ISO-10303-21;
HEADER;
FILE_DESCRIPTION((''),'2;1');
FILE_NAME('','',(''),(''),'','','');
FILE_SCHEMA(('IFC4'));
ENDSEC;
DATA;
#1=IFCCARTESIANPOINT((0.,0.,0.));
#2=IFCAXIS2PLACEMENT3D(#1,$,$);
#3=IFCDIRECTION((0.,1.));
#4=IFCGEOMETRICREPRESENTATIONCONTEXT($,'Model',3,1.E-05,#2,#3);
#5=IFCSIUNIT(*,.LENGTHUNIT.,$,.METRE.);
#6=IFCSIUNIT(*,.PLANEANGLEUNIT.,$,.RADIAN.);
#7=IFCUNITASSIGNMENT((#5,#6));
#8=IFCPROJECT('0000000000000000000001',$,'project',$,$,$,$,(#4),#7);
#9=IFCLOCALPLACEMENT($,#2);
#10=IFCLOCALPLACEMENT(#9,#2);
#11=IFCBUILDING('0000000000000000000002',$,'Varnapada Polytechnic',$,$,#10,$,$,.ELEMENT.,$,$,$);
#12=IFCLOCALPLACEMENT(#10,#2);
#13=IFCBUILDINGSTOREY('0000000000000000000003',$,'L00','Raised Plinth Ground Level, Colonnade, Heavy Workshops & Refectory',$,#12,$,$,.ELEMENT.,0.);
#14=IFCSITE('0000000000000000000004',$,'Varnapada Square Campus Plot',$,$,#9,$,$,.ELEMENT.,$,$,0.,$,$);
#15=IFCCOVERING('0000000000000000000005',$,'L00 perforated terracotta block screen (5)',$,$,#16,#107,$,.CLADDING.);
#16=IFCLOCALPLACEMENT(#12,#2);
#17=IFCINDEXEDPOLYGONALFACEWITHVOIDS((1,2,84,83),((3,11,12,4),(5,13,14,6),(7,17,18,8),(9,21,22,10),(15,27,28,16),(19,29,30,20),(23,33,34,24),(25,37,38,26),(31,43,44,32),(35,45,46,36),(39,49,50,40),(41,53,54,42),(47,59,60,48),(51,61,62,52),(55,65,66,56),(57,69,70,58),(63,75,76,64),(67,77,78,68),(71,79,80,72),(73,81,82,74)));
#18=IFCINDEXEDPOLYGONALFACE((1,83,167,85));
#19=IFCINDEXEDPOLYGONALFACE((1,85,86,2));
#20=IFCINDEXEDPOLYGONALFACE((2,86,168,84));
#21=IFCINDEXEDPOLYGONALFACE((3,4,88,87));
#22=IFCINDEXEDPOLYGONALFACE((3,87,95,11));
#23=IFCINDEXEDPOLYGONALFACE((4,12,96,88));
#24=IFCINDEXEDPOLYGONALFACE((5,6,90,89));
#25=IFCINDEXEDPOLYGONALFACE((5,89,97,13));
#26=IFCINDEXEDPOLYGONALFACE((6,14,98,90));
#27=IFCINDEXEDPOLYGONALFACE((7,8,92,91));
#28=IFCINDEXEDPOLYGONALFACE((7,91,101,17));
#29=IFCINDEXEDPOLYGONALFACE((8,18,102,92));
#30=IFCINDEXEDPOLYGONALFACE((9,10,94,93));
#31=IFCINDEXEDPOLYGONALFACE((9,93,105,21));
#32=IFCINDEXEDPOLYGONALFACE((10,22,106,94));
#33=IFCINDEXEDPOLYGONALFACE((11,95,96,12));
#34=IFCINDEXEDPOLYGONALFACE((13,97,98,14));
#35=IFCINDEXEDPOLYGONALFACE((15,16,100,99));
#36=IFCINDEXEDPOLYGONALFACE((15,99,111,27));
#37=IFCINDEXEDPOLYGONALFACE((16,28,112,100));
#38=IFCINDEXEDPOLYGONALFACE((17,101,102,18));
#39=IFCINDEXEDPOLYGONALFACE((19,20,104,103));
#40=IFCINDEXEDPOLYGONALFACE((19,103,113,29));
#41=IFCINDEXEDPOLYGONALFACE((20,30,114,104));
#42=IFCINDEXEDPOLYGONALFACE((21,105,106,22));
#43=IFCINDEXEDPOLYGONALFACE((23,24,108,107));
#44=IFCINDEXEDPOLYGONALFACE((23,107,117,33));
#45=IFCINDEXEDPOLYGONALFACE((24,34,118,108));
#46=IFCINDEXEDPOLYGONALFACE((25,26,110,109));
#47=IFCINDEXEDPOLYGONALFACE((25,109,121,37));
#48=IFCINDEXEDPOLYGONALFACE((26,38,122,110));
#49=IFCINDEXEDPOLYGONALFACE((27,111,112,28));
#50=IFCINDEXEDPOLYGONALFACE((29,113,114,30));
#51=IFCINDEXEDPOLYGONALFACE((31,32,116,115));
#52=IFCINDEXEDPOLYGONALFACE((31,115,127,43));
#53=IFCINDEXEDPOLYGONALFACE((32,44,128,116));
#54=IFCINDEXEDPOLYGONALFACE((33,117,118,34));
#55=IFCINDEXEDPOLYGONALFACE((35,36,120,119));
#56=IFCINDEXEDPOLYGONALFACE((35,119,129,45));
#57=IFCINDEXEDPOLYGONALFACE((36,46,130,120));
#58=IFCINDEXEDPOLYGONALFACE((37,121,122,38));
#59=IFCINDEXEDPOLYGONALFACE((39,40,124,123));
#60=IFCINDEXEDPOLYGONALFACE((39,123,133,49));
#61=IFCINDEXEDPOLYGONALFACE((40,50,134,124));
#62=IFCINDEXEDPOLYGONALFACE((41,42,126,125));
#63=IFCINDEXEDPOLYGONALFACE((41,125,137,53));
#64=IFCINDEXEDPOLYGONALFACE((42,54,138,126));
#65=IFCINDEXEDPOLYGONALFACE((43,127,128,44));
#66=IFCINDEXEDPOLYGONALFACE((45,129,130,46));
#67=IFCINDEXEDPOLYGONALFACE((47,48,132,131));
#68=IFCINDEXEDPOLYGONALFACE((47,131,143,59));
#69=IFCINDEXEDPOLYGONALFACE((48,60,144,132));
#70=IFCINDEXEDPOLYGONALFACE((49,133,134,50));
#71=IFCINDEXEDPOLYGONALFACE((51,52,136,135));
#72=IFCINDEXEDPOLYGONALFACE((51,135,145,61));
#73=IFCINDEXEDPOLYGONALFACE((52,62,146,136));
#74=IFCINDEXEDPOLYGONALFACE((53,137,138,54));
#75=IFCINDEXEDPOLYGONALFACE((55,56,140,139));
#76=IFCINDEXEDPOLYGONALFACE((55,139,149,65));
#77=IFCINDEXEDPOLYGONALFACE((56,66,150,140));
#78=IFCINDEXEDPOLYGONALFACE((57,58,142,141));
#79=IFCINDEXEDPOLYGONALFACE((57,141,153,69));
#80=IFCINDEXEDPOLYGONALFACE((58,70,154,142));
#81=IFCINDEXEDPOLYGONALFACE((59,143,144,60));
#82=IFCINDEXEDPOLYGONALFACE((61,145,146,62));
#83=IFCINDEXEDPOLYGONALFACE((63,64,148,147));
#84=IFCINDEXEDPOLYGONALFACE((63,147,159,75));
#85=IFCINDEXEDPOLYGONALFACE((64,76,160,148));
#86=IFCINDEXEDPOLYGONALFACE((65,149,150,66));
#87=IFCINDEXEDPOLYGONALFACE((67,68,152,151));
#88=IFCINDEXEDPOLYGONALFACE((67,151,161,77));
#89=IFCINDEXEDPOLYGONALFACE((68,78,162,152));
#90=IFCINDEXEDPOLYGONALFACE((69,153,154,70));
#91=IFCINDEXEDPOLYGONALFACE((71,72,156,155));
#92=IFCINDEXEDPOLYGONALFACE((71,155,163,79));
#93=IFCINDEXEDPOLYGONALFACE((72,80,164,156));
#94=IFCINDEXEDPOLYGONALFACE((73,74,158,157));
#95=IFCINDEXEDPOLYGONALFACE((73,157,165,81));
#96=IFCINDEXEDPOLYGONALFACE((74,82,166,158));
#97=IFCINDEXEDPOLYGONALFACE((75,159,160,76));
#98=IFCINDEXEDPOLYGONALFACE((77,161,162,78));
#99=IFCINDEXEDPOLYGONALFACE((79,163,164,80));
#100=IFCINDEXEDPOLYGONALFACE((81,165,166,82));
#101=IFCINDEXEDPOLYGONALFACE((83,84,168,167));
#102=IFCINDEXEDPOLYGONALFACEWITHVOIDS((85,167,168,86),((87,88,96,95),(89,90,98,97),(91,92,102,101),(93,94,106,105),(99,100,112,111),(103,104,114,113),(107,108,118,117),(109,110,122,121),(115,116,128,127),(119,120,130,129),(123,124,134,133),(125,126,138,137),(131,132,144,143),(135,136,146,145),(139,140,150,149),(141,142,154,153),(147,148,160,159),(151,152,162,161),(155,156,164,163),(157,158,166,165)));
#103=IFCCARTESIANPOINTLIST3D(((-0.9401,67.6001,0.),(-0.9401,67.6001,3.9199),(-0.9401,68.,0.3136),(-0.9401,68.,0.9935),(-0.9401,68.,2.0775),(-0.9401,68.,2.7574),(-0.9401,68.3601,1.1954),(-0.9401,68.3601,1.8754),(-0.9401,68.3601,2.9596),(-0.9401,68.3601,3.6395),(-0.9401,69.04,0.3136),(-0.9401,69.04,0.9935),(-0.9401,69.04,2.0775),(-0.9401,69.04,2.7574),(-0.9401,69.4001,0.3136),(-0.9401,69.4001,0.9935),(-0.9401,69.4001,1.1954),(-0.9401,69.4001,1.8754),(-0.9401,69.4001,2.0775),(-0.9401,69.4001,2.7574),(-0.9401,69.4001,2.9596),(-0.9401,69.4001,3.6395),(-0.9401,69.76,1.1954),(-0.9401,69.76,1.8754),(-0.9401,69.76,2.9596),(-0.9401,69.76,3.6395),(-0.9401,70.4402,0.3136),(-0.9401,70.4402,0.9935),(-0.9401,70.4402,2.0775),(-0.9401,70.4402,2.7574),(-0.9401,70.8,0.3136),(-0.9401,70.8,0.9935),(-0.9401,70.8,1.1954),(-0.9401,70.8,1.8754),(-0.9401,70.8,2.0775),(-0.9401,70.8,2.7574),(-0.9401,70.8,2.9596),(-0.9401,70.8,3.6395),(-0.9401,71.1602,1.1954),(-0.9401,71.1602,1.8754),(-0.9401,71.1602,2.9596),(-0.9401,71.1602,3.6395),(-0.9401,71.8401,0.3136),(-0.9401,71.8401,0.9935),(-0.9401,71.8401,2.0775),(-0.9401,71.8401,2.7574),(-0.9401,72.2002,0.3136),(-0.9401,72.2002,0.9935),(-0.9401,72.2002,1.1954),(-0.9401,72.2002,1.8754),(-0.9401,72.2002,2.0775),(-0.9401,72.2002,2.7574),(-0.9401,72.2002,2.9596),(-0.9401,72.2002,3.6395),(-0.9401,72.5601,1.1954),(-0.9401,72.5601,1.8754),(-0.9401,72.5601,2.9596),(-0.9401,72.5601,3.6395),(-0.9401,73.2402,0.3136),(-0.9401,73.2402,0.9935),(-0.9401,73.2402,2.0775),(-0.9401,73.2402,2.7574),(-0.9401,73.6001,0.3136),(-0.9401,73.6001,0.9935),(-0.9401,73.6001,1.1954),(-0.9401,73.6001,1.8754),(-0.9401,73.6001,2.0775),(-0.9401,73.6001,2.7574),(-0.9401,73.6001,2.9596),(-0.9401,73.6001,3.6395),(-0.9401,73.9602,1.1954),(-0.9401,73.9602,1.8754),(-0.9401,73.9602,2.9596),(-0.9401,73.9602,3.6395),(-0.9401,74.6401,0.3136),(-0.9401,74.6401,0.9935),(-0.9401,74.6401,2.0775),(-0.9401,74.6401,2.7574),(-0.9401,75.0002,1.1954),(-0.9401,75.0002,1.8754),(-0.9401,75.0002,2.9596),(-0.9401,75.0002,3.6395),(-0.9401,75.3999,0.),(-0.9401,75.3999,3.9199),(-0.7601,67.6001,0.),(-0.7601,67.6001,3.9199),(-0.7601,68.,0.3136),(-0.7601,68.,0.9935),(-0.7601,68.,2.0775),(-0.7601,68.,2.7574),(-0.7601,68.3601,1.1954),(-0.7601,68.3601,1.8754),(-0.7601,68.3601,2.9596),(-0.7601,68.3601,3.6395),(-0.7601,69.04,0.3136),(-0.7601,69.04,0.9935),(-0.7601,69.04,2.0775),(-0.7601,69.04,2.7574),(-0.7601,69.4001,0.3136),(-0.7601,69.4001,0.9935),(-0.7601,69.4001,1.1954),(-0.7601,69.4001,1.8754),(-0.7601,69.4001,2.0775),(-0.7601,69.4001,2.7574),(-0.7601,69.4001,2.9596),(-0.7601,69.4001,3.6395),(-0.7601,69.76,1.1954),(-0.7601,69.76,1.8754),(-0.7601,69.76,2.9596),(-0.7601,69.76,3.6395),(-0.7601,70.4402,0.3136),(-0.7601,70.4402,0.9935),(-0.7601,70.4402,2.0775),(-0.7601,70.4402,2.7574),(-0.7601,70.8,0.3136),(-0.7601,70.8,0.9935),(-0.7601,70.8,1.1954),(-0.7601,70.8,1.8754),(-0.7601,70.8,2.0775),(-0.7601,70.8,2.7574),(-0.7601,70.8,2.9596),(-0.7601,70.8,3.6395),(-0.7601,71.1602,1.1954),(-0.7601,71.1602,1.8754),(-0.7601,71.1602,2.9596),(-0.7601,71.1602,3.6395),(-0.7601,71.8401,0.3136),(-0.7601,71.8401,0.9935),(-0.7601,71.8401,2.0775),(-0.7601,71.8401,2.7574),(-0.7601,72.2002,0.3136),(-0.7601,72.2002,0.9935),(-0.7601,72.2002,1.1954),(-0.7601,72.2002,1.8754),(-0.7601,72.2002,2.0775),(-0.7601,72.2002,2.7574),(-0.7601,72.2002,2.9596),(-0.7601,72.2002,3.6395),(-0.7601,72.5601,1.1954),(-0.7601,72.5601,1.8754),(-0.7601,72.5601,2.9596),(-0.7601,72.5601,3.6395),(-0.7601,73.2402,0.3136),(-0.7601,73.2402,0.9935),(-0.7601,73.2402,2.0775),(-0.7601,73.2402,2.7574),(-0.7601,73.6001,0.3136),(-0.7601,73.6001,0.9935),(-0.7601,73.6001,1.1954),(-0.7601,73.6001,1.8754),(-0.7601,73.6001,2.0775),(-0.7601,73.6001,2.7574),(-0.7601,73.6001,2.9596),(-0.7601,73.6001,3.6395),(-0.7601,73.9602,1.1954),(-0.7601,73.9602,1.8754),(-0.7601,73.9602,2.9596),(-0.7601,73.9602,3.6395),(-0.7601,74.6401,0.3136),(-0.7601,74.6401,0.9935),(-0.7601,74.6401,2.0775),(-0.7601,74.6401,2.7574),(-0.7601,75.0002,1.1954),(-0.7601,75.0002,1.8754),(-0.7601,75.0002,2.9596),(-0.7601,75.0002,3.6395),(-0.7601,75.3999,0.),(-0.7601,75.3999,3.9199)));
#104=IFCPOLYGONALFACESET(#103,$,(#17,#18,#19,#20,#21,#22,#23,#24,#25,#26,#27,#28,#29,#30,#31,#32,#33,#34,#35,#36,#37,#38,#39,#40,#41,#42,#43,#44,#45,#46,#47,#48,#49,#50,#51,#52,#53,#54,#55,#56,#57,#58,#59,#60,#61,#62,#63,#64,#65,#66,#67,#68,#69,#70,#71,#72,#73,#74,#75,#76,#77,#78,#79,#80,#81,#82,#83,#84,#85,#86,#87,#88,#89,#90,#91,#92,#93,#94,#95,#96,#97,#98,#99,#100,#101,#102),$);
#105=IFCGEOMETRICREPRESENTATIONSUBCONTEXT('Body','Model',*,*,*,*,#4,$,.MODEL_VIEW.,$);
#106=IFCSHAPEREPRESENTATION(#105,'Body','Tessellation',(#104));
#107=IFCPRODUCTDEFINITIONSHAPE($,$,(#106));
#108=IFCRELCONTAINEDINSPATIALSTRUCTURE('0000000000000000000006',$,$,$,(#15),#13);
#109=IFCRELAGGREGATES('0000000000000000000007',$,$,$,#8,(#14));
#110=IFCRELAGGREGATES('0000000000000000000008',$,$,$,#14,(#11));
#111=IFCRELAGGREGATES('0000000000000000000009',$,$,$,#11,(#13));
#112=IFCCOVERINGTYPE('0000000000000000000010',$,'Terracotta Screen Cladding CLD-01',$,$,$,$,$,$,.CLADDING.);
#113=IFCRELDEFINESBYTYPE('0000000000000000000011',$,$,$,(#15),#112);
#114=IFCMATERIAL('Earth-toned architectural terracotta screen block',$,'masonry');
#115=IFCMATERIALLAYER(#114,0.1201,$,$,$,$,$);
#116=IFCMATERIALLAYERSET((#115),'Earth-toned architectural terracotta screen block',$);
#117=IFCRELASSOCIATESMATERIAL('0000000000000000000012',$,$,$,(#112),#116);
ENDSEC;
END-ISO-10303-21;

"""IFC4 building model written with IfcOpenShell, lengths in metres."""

from ifc_helpers import new_model, si_unit, direction, frame, frame_2d, origin, place, context, subcontext, project, spatial, rectangle, extrude, material, layer, layer_set, type_object, element, save


model = new_model("IFC4")

# Units and contexts
model_context = context("Model", 3, precision=1e-05, world=origin(), true_north=direction((0.0, 1.0)))
body_context = subcontext(model_context, "Body", "Model", "MODEL_VIEW")
ifc_project = project(units=[si_unit("LENGTHUNIT", "METRE"), si_unit("PLANEANGLEUNIT", "RADIAN")], contexts=[model_context])

# Site, building, storey
site_placement = place(None, origin())
site = spatial("IfcSite", under=ifc_project, at=site_placement, Name="Varnapada Square Campus Plot", CompositionType="ELEMENT", RefElevation=0.0)
building_placement = place(site_placement, origin())
building = spatial("IfcBuilding", under=site, at=building_placement, Name="Varnapada Polytechnic", CompositionType="ELEMENT")
storey_placement = place(building_placement, origin())
storey = spatial("IfcBuildingStorey", under=building, at=storey_placement, Name="L00", Description="Raised Plinth Ground Level, Colonnade, Heavy Workshops & Refectory", CompositionType="ELEMENT", Elevation=0.0)

# Covering, openings
ifc_material_1 = material(Name="Earth-toned architectural terracotta screen block", Category="masonry")
ifc_layer_1 = layer(ifc_material_1, 0.1201)
ifc_layer_set_1 = layer_set([ifc_layer_1], Name="Earth-toned architectural terracotta screen block")
covering_type = type_object("IfcCoveringType", Name="Terracotta Screen Cladding CLD-01", PredefinedType="CLADDING", material=ifc_layer_set_1)
covering_placement = place(storey_placement, frame((-0.8501, 67.6001, 0.0), z_axis=(0.0, 0.0, 1.0), x_axis=(0.0, 1.0, 0.0)))
covering = element("IfcCovering", 1, at=covering_placement, inside=storey, type_object=covering_type, Name="L00 perforated terracotta block screen (5)", PredefinedType="CLADDING", context=body_context, shape_type="SweptSolid", body=[
    extrude(rectangle(XDim=7.7998, YDim=0.1799, at=frame_2d((3.8999, 0.0))), origin(), (0.0, 0.0, 1.0), 3.9199),
])
opening_1_placement = place(covering_placement, frame((0.3999, 0.0, 0.3137)))
element("IfcOpeningElement", 2, at=opening_1_placement, cuts=covering, PredefinedType="OPENING", context=body_context, shape_type="SweptSolid", body=[
    extrude(rectangle(XDim=1.04, YDim=0.6799, at=frame_2d((0.52, 0.3398))), frame((0.0, 0.0999, 0.0), z_axis=(0.0, -1.0, 0.0), x_axis=(1.0, 0.0, 0.0)), (0.0, 0.0, 1.0), 0.2),
])
opening_2_placement = place(covering_placement, frame((1.8, 0.0, 0.3137)))
element("IfcOpeningElement", 3, at=opening_2_placement, cuts=covering, PredefinedType="OPENING", context=body_context, shape_type="SweptSolid", body=[
    extrude(rectangle(XDim=1.04, YDim=0.6799, at=frame_2d((0.52, 0.3398))), frame((0.0, 0.0999, 0.0), z_axis=(0.0, -1.0, 0.0), x_axis=(1.0, 0.0, 0.0)), (0.0, 0.0, 1.0), 0.2),
])
opening_3_placement = place(covering_placement, frame((3.2, 0.0, 0.3137)))
element("IfcOpeningElement", 4, at=opening_3_placement, cuts=covering, PredefinedType="OPENING", context=body_context, shape_type="SweptSolid", body=[
    extrude(rectangle(XDim=1.04, YDim=0.6799, at=frame_2d((0.52, 0.3398))), frame((0.0, 0.0999, 0.0), z_axis=(0.0, -1.0, 0.0), x_axis=(1.0, 0.0, 0.0)), (0.0, 0.0, 1.0), 0.2),
])
opening_4_placement = place(covering_placement, frame((4.6001, 0.0, 0.3137)))
element("IfcOpeningElement", 5, at=opening_4_placement, cuts=covering, PredefinedType="OPENING", context=body_context, shape_type="SweptSolid", body=[
    extrude(rectangle(XDim=1.04, YDim=0.6799, at=frame_2d((0.52, 0.3398))), frame((0.0, 0.0999, 0.0), z_axis=(0.0, -1.0, 0.0), x_axis=(1.0, 0.0, 0.0)), (0.0, 0.0, 1.0), 0.2),
])
opening_5_placement = place(covering_placement, frame((6.0, 0.0, 0.3137)))
element("IfcOpeningElement", 6, at=opening_5_placement, cuts=covering, PredefinedType="OPENING", context=body_context, shape_type="SweptSolid", body=[
    extrude(rectangle(XDim=1.04, YDim=0.6799, at=frame_2d((0.52, 0.3398))), frame((0.0, 0.0999, 0.0), z_axis=(0.0, -1.0, 0.0), x_axis=(1.0, 0.0, 0.0)), (0.0, 0.0, 1.0), 0.2),
])
opening_6_placement = place(covering_placement, frame((0.76, 0.0, 1.1956)))
element("IfcOpeningElement", 7, at=opening_6_placement, cuts=covering, PredefinedType="OPENING", context=body_context, shape_type="SweptSolid", body=[
    extrude(rectangle(XDim=1.04, YDim=0.6799, at=frame_2d((0.52, 0.3398))), frame((0.0, 0.0999, 0.0), z_axis=(0.0, -1.0, 0.0), x_axis=(1.0, 0.0, 0.0)), (0.0, 0.0, 1.0), 0.2),
])
opening_7_placement = place(covering_placement, frame((2.1599, 0.0, 1.1956)))
element("IfcOpeningElement", 8, at=opening_7_placement, cuts=covering, PredefinedType="OPENING", context=body_context, shape_type="SweptSolid", body=[
    extrude(rectangle(XDim=1.04, YDim=0.6799, at=frame_2d((0.52, 0.3398))), frame((0.0, 0.0999, 0.0), z_axis=(0.0, -1.0, 0.0), x_axis=(1.0, 0.0, 0.0)), (0.0, 0.0, 1.0), 0.2),
])
opening_8_placement = place(covering_placement, frame((3.5601, 0.0, 1.1956)))
element("IfcOpeningElement", 9, at=opening_8_placement, cuts=covering, PredefinedType="OPENING", context=body_context, shape_type="SweptSolid", body=[
    extrude(rectangle(XDim=1.04, YDim=0.6799, at=frame_2d((0.52, 0.3398))), frame((0.0, 0.0999, 0.0), z_axis=(0.0, -1.0, 0.0), x_axis=(1.0, 0.0, 0.0)), (0.0, 0.0, 1.0), 0.2),
])
opening_9_placement = place(covering_placement, frame((4.96, 0.0, 1.1956)))
element("IfcOpeningElement", 10, at=opening_9_placement, cuts=covering, PredefinedType="OPENING", context=body_context, shape_type="SweptSolid", body=[
    extrude(rectangle(XDim=1.04, YDim=0.6799, at=frame_2d((0.52, 0.3398))), frame((0.0, 0.0999, 0.0), z_axis=(0.0, -1.0, 0.0), x_axis=(1.0, 0.0, 0.0)), (0.0, 0.0, 1.0), 0.2),
])
opening_10_placement = place(covering_placement, frame((6.3601, 0.0, 1.1956)))
element("IfcOpeningElement", 11, at=opening_10_placement, cuts=covering, PredefinedType="OPENING", context=body_context, shape_type="SweptSolid", body=[
    extrude(rectangle(XDim=1.04, YDim=0.6799, at=frame_2d((0.52, 0.3398))), frame((0.0, 0.0999, 0.0), z_axis=(0.0, -1.0, 0.0), x_axis=(1.0, 0.0, 0.0)), (0.0, 0.0, 1.0), 0.2),
])
opening_11_placement = place(covering_placement, frame((0.3999, 0.0, 2.0776)))
element("IfcOpeningElement", 12, at=opening_11_placement, cuts=covering, PredefinedType="OPENING", context=body_context, shape_type="SweptSolid", body=[
    extrude(rectangle(XDim=1.04, YDim=0.6799, at=frame_2d((0.52, 0.3398))), frame((0.0, 0.0999, 0.0), z_axis=(0.0, -1.0, 0.0), x_axis=(1.0, 0.0, 0.0)), (0.0, 0.0, 1.0), 0.2),
])
opening_12_placement = place(covering_placement, frame((1.8, 0.0, 2.0776)))
element("IfcOpeningElement", 13, at=opening_12_placement, cuts=covering, PredefinedType="OPENING", context=body_context, shape_type="SweptSolid", body=[
    extrude(rectangle(XDim=1.04, YDim=0.6799, at=frame_2d((0.52, 0.3398))), frame((0.0, 0.0999, 0.0), z_axis=(0.0, -1.0, 0.0), x_axis=(1.0, 0.0, 0.0)), (0.0, 0.0, 1.0), 0.2),
])
opening_13_placement = place(covering_placement, frame((3.2, 0.0, 2.0776)))
element("IfcOpeningElement", 14, at=opening_13_placement, cuts=covering, PredefinedType="OPENING", context=body_context, shape_type="SweptSolid", body=[
    extrude(rectangle(XDim=1.04, YDim=0.6799, at=frame_2d((0.52, 0.3398))), frame((0.0, 0.0999, 0.0), z_axis=(0.0, -1.0, 0.0), x_axis=(1.0, 0.0, 0.0)), (0.0, 0.0, 1.0), 0.2),
])
opening_14_placement = place(covering_placement, frame((4.6001, 0.0, 2.0776)))
element("IfcOpeningElement", 15, at=opening_14_placement, cuts=covering, PredefinedType="OPENING", context=body_context, shape_type="SweptSolid", body=[
    extrude(rectangle(XDim=1.04, YDim=0.6799, at=frame_2d((0.52, 0.3398))), frame((0.0, 0.0999, 0.0), z_axis=(0.0, -1.0, 0.0), x_axis=(1.0, 0.0, 0.0)), (0.0, 0.0, 1.0), 0.2),
])
opening_15_placement = place(covering_placement, frame((6.0, 0.0, 2.0776)))
element("IfcOpeningElement", 16, at=opening_15_placement, cuts=covering, PredefinedType="OPENING", context=body_context, shape_type="SweptSolid", body=[
    extrude(rectangle(XDim=1.04, YDim=0.6799, at=frame_2d((0.52, 0.3398))), frame((0.0, 0.0999, 0.0), z_axis=(0.0, -1.0, 0.0), x_axis=(1.0, 0.0, 0.0)), (0.0, 0.0, 1.0), 0.2),
])
opening_16_placement = place(covering_placement, frame((0.76, 0.0, 2.9597)))
element("IfcOpeningElement", 17, at=opening_16_placement, cuts=covering, PredefinedType="OPENING", context=body_context, shape_type="SweptSolid", body=[
    extrude(rectangle(XDim=1.04, YDim=0.6799, at=frame_2d((0.52, 0.3398))), frame((0.0, 0.0999, 0.0), z_axis=(0.0, -1.0, 0.0), x_axis=(1.0, 0.0, 0.0)), (0.0, 0.0, 1.0), 0.2),
])
opening_17_placement = place(covering_placement, frame((2.1599, 0.0, 2.9597)))
element("IfcOpeningElement", 18, at=opening_17_placement, cuts=covering, PredefinedType="OPENING", context=body_context, shape_type="SweptSolid", body=[
    extrude(rectangle(XDim=1.04, YDim=0.6799, at=frame_2d((0.52, 0.3398))), frame((0.0, 0.0999, 0.0), z_axis=(0.0, -1.0, 0.0), x_axis=(1.0, 0.0, 0.0)), (0.0, 0.0, 1.0), 0.2),
])
opening_18_placement = place(covering_placement, frame((3.5601, 0.0, 2.9597)))
element("IfcOpeningElement", 19, at=opening_18_placement, cuts=covering, PredefinedType="OPENING", context=body_context, shape_type="SweptSolid", body=[
    extrude(rectangle(XDim=1.04, YDim=0.6799, at=frame_2d((0.52, 0.3398))), frame((0.0, 0.0999, 0.0), z_axis=(0.0, -1.0, 0.0), x_axis=(1.0, 0.0, 0.0)), (0.0, 0.0, 1.0), 0.2),
])
opening_19_placement = place(covering_placement, frame((4.96, 0.0, 2.9597)))
element("IfcOpeningElement", 20, at=opening_19_placement, cuts=covering, PredefinedType="OPENING", context=body_context, shape_type="SweptSolid", body=[
    extrude(rectangle(XDim=1.04, YDim=0.6799, at=frame_2d((0.52, 0.3398))), frame((0.0, 0.0999, 0.0), z_axis=(0.0, -1.0, 0.0), x_axis=(1.0, 0.0, 0.0)), (0.0, 0.0, 1.0), 0.2),
])
opening_20_placement = place(covering_placement, frame((6.3601, 0.0, 2.9597)))
element("IfcOpeningElement", 21, at=opening_20_placement, cuts=covering, PredefinedType="OPENING", context=body_context, shape_type="SweptSolid", body=[
    extrude(rectangle(XDim=1.04, YDim=0.6799, at=frame_2d((0.52, 0.3398))), frame((0.0, 0.0999, 0.0), z_axis=(0.0, -1.0, 0.0), x_axis=(1.0, 0.0, 0.0)), (0.0, 0.0, 1.0), 0.2),
])

save(model, "model.ifc")
